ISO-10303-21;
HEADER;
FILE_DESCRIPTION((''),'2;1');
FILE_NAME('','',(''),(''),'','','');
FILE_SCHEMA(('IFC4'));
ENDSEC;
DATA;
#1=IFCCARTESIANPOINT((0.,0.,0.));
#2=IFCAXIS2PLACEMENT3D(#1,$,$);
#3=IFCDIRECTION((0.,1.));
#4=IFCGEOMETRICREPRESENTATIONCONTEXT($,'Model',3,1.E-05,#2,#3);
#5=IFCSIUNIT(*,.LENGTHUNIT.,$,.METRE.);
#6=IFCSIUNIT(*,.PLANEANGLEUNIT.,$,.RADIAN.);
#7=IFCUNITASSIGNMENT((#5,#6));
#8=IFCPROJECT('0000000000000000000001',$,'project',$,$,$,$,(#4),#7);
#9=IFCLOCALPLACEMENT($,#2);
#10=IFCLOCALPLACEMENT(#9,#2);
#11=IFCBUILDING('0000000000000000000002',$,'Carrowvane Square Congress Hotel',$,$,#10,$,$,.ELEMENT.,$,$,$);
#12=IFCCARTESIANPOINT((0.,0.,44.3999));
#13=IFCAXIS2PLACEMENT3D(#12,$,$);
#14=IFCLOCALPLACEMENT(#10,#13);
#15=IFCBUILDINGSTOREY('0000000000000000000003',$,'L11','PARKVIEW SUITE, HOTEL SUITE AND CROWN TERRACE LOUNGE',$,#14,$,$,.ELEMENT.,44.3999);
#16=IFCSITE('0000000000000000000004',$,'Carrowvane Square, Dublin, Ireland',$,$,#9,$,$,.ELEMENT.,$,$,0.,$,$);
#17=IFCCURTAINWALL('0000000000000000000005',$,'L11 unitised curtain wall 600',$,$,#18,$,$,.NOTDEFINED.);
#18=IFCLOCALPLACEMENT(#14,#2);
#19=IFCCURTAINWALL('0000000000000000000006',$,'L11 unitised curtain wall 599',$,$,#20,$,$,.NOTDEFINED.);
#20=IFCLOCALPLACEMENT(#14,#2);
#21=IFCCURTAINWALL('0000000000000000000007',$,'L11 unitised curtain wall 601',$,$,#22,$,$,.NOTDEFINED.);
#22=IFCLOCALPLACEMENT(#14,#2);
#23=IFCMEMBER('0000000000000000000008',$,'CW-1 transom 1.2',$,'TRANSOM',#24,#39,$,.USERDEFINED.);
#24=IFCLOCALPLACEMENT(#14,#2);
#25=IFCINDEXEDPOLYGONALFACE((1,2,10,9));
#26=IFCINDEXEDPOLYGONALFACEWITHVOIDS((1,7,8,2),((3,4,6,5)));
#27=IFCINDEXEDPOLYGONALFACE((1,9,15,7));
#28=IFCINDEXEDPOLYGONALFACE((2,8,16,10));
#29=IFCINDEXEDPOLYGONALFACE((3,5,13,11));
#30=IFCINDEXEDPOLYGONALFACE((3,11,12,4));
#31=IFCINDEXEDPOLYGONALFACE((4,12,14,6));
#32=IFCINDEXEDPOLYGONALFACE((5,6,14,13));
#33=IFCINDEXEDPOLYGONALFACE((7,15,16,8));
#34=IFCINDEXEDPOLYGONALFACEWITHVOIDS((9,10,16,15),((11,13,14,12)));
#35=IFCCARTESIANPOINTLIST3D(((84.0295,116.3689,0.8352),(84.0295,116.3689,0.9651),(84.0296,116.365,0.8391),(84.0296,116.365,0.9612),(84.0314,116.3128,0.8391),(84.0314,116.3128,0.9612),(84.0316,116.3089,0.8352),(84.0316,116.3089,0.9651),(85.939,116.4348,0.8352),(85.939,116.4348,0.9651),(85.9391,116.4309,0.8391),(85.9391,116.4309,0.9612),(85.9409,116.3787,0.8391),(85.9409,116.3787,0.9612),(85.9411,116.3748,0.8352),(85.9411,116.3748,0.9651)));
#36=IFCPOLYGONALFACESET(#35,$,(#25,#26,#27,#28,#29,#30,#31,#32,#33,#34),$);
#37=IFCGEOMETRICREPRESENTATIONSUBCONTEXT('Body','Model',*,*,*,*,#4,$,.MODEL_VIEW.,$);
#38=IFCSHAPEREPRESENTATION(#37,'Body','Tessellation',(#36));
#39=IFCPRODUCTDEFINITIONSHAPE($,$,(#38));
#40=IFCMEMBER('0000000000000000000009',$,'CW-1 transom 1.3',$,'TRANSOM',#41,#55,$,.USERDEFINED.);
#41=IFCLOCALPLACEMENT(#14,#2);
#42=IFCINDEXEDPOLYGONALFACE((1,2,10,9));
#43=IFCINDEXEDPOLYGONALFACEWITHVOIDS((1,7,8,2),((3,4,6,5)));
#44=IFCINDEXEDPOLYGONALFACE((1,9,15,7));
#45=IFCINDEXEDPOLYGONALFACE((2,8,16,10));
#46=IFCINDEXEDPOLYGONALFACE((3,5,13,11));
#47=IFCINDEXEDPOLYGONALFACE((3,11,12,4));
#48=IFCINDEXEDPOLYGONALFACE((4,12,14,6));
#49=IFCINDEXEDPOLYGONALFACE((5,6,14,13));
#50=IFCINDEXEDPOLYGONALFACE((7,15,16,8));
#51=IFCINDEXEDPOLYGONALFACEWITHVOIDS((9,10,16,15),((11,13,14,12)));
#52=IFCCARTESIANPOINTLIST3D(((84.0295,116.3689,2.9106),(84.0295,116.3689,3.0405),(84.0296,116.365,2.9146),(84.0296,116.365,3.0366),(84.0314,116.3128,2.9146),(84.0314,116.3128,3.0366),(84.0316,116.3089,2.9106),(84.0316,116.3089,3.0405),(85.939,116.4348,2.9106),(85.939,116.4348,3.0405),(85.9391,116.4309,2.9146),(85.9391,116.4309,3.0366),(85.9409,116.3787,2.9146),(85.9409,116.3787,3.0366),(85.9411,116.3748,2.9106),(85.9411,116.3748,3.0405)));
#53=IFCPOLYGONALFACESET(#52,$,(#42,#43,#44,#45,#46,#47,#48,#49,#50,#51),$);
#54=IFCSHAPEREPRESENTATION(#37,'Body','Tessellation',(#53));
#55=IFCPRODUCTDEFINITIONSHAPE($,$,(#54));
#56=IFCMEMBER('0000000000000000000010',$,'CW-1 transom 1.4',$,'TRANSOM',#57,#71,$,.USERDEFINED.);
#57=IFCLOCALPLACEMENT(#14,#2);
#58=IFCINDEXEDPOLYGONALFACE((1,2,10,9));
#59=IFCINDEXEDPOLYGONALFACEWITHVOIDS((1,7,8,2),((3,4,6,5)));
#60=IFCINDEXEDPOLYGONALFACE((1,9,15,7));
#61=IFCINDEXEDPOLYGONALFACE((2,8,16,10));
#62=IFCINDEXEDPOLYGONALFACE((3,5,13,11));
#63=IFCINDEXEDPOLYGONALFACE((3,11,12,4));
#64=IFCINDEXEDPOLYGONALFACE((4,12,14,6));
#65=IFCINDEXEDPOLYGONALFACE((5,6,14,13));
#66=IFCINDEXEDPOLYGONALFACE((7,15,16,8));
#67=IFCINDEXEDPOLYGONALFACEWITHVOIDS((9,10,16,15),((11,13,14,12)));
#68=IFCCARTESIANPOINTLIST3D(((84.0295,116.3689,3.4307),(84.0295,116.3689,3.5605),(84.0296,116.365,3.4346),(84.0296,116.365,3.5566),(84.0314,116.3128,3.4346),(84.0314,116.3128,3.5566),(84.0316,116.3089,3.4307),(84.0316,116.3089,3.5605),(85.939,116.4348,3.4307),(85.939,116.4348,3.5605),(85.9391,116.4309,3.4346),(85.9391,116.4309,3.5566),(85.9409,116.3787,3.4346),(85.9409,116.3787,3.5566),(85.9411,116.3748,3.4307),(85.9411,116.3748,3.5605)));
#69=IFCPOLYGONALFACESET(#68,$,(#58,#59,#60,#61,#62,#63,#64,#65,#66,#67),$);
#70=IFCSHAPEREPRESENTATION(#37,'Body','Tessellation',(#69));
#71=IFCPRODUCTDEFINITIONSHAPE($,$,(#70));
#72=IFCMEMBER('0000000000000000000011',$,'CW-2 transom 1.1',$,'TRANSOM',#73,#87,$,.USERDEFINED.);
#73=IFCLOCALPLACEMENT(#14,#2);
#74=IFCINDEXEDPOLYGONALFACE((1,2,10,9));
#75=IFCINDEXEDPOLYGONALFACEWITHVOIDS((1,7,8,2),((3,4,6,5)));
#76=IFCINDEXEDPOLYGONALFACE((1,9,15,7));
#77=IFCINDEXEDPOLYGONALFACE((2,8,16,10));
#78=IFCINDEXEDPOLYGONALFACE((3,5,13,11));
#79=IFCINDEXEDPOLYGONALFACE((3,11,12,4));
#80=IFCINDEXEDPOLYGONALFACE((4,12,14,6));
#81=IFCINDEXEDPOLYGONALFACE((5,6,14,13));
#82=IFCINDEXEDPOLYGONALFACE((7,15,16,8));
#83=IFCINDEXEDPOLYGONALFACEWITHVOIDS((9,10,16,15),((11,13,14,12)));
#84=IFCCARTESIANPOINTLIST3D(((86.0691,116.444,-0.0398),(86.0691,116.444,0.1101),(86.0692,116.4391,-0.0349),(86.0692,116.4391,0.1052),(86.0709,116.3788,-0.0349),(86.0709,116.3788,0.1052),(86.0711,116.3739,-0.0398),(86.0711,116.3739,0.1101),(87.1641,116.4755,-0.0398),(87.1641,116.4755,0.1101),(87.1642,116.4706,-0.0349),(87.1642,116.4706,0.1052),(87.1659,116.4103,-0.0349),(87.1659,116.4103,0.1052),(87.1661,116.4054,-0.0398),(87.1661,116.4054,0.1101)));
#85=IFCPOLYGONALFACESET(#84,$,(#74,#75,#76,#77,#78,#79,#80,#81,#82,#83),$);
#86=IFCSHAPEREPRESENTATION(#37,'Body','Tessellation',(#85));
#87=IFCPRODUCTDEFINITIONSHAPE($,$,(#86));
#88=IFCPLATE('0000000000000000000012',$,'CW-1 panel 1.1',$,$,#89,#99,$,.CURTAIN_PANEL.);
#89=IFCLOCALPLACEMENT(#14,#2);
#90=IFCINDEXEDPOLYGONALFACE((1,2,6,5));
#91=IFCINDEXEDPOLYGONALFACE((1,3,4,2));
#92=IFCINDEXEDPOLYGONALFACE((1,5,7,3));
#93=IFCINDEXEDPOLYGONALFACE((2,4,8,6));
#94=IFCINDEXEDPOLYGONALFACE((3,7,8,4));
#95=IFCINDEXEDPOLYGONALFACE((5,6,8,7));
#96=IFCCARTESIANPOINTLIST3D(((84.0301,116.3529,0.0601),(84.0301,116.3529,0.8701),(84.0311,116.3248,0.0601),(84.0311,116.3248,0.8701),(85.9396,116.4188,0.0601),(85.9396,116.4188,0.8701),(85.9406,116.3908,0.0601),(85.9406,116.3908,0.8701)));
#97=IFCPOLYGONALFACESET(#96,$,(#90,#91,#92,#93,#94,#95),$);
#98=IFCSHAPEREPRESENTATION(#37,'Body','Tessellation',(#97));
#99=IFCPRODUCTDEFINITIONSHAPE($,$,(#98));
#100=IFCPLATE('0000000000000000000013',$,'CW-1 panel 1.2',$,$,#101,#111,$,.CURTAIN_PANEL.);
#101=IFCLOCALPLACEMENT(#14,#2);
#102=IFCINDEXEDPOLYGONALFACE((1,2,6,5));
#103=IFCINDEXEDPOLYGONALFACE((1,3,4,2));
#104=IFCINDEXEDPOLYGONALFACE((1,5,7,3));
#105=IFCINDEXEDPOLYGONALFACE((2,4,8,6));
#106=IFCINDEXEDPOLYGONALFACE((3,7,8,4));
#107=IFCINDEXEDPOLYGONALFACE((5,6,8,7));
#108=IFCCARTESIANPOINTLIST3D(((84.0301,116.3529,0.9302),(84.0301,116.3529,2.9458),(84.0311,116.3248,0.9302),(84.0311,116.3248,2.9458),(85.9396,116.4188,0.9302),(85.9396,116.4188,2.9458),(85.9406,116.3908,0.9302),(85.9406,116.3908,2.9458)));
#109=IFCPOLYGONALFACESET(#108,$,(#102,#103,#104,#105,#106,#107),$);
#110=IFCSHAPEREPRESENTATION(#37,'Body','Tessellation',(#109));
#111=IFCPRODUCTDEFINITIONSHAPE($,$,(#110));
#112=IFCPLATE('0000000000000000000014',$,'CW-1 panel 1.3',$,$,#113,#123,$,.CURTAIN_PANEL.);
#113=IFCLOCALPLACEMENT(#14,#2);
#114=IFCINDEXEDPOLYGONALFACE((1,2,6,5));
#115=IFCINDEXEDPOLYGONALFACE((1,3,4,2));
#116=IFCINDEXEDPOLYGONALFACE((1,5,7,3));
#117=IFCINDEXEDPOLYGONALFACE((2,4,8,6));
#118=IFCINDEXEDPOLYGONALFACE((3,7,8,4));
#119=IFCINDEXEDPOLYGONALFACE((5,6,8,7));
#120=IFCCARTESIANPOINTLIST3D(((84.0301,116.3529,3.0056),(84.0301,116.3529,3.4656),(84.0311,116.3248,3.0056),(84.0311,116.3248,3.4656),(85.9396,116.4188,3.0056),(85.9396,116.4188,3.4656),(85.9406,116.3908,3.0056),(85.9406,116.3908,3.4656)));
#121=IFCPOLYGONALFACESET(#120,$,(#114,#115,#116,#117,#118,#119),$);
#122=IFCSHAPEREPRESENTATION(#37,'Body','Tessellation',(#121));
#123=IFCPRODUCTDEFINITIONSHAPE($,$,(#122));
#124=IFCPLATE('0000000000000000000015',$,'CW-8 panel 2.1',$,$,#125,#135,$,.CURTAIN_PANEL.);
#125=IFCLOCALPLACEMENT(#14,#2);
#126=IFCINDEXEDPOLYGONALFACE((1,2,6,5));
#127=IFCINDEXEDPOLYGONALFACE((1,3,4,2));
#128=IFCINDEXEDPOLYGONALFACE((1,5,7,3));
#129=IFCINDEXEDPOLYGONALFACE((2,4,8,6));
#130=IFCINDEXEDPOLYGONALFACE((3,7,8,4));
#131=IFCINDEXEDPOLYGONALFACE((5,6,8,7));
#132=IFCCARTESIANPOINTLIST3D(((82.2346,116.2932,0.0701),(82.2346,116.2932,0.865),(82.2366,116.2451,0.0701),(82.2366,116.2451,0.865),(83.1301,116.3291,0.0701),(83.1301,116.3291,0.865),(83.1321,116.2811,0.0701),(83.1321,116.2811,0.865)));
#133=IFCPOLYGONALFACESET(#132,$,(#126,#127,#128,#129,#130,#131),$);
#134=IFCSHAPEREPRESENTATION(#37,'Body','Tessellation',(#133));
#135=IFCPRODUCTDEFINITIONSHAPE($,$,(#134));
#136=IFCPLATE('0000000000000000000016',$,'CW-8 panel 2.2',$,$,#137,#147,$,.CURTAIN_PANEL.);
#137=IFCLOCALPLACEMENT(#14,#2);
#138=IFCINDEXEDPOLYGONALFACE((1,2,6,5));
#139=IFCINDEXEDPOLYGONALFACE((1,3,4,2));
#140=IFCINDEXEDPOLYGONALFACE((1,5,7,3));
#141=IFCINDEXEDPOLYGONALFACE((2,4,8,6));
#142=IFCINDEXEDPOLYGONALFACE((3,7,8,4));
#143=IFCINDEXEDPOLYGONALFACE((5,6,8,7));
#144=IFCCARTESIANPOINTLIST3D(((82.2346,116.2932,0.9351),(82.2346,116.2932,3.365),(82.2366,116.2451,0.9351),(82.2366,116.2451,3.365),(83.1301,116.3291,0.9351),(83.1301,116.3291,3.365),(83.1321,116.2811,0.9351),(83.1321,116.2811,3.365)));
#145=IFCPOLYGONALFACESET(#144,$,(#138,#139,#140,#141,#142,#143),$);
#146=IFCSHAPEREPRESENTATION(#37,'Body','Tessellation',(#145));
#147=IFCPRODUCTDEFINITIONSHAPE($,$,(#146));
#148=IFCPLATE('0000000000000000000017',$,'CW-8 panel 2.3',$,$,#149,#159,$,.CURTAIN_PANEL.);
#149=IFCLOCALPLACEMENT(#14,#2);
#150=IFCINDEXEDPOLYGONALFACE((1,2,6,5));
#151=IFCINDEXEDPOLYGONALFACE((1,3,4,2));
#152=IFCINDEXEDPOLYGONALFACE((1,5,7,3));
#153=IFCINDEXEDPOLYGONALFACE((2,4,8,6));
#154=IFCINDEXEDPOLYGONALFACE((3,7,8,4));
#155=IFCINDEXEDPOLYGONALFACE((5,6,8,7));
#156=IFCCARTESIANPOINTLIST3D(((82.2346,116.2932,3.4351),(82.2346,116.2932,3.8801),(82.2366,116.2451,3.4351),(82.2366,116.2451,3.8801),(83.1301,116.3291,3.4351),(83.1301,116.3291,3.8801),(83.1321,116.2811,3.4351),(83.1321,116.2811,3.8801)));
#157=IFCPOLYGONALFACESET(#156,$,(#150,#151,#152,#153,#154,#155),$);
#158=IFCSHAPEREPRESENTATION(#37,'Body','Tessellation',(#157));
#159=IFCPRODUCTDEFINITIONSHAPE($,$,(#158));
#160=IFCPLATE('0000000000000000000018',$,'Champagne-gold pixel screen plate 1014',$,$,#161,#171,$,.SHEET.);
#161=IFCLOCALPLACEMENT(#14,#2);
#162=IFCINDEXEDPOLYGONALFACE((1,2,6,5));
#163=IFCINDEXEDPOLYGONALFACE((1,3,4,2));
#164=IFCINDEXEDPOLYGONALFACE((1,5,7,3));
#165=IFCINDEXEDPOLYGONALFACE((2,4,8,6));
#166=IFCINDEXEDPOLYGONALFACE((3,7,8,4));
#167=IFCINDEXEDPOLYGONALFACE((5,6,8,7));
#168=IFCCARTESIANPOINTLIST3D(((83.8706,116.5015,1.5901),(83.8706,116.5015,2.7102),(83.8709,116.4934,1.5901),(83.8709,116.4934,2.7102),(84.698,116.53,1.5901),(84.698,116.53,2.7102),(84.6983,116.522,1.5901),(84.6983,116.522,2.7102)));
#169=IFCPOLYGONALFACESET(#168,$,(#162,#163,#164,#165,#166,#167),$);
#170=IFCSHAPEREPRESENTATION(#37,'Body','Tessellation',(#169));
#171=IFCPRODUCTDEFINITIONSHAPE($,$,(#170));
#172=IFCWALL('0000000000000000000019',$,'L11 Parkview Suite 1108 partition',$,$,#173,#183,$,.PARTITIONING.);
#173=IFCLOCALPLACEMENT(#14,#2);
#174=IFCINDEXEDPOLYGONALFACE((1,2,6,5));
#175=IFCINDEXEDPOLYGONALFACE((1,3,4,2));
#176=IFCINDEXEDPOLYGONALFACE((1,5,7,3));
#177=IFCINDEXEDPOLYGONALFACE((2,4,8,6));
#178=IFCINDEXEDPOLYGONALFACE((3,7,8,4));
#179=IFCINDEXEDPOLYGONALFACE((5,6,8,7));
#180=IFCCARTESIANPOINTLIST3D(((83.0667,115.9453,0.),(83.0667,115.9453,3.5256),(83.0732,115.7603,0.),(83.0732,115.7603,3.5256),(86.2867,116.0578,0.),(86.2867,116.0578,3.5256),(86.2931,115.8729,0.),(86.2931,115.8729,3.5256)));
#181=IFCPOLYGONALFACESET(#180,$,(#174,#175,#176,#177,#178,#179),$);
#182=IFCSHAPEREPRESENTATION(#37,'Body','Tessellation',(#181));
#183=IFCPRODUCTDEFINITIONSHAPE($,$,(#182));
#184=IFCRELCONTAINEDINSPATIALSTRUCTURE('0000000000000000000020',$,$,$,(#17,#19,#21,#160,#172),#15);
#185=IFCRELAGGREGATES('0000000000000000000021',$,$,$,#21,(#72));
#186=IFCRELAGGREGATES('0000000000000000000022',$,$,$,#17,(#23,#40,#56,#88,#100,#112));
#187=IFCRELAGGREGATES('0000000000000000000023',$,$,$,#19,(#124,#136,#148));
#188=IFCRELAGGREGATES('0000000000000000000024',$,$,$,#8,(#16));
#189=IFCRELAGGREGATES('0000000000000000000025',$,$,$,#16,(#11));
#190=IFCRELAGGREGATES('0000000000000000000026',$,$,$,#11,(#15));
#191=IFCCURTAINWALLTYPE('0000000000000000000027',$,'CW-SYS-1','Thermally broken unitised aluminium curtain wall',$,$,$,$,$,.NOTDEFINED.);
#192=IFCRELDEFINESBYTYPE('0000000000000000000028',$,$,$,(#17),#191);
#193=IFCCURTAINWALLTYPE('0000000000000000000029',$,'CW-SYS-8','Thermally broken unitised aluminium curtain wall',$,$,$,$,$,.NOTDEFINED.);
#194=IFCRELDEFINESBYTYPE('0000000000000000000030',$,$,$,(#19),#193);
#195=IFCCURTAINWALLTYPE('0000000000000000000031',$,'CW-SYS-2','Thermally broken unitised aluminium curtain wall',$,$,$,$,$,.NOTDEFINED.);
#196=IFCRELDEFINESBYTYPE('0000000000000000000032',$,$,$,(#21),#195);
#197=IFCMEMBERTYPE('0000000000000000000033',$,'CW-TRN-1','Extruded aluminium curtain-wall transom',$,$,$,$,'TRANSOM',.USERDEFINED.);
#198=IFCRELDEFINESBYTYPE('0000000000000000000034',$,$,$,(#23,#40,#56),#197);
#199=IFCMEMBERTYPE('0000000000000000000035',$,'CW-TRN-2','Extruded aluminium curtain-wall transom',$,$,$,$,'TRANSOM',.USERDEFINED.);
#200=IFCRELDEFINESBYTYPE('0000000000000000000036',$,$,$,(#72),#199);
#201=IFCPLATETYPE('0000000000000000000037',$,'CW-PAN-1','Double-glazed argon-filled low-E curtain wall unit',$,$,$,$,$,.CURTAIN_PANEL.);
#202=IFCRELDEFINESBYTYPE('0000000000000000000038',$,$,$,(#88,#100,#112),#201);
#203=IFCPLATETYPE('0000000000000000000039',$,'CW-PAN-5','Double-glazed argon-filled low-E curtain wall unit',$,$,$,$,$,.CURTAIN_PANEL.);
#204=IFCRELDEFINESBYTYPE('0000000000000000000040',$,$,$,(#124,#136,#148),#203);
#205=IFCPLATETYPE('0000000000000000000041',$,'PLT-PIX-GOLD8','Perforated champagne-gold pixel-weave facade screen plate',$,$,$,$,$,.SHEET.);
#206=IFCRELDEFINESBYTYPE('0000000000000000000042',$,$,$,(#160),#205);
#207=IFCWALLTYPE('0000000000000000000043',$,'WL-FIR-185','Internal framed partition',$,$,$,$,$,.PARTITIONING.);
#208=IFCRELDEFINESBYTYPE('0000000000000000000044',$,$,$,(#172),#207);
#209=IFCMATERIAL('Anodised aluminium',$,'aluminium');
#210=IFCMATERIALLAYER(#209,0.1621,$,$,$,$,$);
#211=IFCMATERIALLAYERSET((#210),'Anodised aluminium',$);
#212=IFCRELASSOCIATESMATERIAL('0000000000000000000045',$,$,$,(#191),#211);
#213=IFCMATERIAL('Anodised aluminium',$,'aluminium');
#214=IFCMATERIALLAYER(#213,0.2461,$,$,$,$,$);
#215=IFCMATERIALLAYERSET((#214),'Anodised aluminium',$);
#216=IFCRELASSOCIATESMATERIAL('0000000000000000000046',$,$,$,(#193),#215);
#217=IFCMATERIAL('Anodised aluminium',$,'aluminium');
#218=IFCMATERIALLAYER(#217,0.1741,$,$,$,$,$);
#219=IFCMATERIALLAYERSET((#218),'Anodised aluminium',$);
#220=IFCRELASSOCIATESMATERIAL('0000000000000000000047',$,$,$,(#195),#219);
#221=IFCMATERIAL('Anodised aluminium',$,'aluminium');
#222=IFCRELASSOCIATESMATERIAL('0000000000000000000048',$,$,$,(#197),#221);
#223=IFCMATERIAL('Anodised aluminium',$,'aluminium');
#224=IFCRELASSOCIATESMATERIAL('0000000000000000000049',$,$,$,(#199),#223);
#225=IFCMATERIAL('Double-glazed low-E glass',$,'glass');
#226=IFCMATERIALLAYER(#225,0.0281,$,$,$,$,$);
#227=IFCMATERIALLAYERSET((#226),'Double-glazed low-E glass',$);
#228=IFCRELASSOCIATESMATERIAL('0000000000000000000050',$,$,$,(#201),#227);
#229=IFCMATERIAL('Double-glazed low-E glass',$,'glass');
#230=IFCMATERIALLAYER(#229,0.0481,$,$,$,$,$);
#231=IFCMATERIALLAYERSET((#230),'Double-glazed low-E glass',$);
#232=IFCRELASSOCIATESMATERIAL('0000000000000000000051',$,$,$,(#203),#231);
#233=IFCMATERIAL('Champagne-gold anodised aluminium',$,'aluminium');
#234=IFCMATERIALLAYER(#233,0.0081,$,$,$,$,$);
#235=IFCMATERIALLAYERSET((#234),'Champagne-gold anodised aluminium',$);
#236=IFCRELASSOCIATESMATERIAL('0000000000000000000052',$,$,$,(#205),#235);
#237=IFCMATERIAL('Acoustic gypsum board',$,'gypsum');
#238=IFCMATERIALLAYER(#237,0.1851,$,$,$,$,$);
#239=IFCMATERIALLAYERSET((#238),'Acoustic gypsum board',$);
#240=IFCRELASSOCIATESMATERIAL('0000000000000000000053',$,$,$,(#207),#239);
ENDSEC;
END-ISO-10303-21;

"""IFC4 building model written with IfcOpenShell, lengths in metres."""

from ifc_helpers import new_model, si_unit, direction, frame, frame_2d, origin, origin_2d, place, context, subcontext, project, spatial, rectangle, hollow_rectangle, extrude, material, layer, layer_set, material_profile, profile_set, type_object, element, aggregate, save


model = new_model("IFC4")

# Units and contexts
model_context = context("Model", 3, precision=1e-05, world=origin(), true_north=direction((0.0, 1.0)))
body_context = subcontext(model_context, "Body", "Model", "MODEL_VIEW")
ifc_project = project(units=[si_unit("LENGTHUNIT", "METRE"), si_unit("PLANEANGLEUNIT", "RADIAN")], contexts=[model_context])

# Site, building, storey
site_placement = place(None, origin())
site = spatial("IfcSite", under=ifc_project, at=site_placement, Name="Carrowvane Square, Dublin, Ireland", CompositionType="ELEMENT", RefElevation=0.0)
building_placement = place(site_placement, origin())
building = spatial("IfcBuilding", under=site, at=building_placement, Name="Carrowvane Square Congress Hotel", CompositionType="ELEMENT")
storey_placement = place(building_placement, frame((0.0, 0.0, 44.3999)))
storey = spatial("IfcBuildingStorey", under=building, at=storey_placement, Name="L11", Description="PARKVIEW SUITE, HOTEL SUITE AND CROWN TERRACE LOUNGE", CompositionType="ELEMENT", Elevation=44.3999)

# Curtain wall
ifc_material_1 = material(Name="Anodised aluminium", Category="aluminium")
ifc_layer_1 = layer(ifc_material_1, 0.1621)
ifc_layer_set_1 = layer_set([ifc_layer_1], Name="Anodised aluminium")
curtain_wall_type_1 = type_object("IfcCurtainWallType", Name="CW-SYS-1", Description="Thermally broken unitised aluminium curtain wall", PredefinedType="NOTDEFINED", material=ifc_layer_set_1)
curtain_wall_1_placement = place(storey_placement, origin())
curtain_wall_1 = element("IfcCurtainWall", 1, at=curtain_wall_1_placement, inside=storey, type_object=curtain_wall_type_1, Name="L11 unitised curtain wall 600", PredefinedType="NOTDEFINED")

# Curtain walls
ifc_material_2 = material(Name="Anodised aluminium", Category="aluminium")
ifc_layer_2 = layer(ifc_material_2, 0.2461)
ifc_layer_set_2 = layer_set([ifc_layer_2], Name="Anodised aluminium")
curtain_wall_type_2 = type_object("IfcCurtainWallType", Name="CW-SYS-8", Description="Thermally broken unitised aluminium curtain wall", PredefinedType="NOTDEFINED", material=ifc_layer_set_2)
curtain_wall_2_placement = place(storey_placement, origin())
curtain_wall_2 = element("IfcCurtainWall", 2, at=curtain_wall_2_placement, inside=storey, type_object=curtain_wall_type_2, Name="L11 unitised curtain wall 599", PredefinedType="NOTDEFINED")
ifc_material_3 = material(Name="Anodised aluminium", Category="aluminium")
ifc_layer_3 = layer(ifc_material_3, 0.1741)
ifc_layer_set_3 = layer_set([ifc_layer_3], Name="Anodised aluminium")
curtain_wall_type_3 = type_object("IfcCurtainWallType", Name="CW-SYS-2", Description="Thermally broken unitised aluminium curtain wall", PredefinedType="NOTDEFINED", material=ifc_layer_set_3)
curtain_wall_3_placement = place(storey_placement, origin())
curtain_wall_3 = element("IfcCurtainWall", 3, at=curtain_wall_3_placement, inside=storey, type_object=curtain_wall_type_3, Name="L11 unitised curtain wall 601", PredefinedType="NOTDEFINED")

# Members
ifc_material_4 = material(Name="Anodised aluminium", Category="aluminium")
ifc_material_profile_1 = material_profile(ifc_material_4, hollow_rectangle(XDim=0.0601, YDim=0.1299, WallThickness=0.0039, at=origin_2d()), Name="CW-TR 60x130x4")
ifc_profile_set_1 = profile_set([ifc_material_profile_1], Name="Anodised aluminium")
member_type_1 = type_object("IfcMemberType", Name="CW-TRN-1", Description="Extruded aluminium curtain-wall transom", ElementType="TRANSOM", PredefinedType="USERDEFINED", material=ifc_profile_set_1)
member_1_placement = place(storey_placement, frame((84.0305, 116.3389, 0.9001), z_axis=(0.999405, 0.034502, 0.0), x_axis=(-0.034502, 0.999405, 0.0)))
member_1 = element("IfcMember", 4, at=member_1_placement, type_object=member_type_1, Name="CW-1 transom 1.2", ObjectType="TRANSOM", PredefinedType="USERDEFINED", context=body_context, shape_type="SweptSolid", body=[
    extrude(hollow_rectangle(XDim=0.0601, YDim=0.1299, WallThickness=0.0039, at=origin_2d()), origin(), (0.0, 0.0, 1.0), 1.9106),
])
member_2_placement = place(storey_placement, frame((84.0305, 116.3389, 2.9756), z_axis=(0.999405, 0.034502, 0.0), x_axis=(-0.034502, 0.999405, 0.0)))
member_2 = element("IfcMember", 5, at=member_2_placement, type_object=member_type_1, Name="CW-1 transom 1.3", ObjectType="TRANSOM", PredefinedType="USERDEFINED", context=body_context, shape_type="SweptSolid", body=[
    extrude(hollow_rectangle(XDim=0.0601, YDim=0.1299, WallThickness=0.0039, at=origin_2d()), origin(), (0.0, 0.0, 1.0), 1.9106),
])
member_3_placement = place(storey_placement, frame((84.0305, 116.3389, 3.4956), z_axis=(0.999405, 0.034502, 0.0), x_axis=(-0.034502, 0.999405, 0.0)))
member_3 = element("IfcMember", 6, at=member_3_placement, type_object=member_type_1, Name="CW-1 transom 1.4", ObjectType="TRANSOM", PredefinedType="USERDEFINED", context=body_context, shape_type="SweptSolid", body=[
    extrude(hollow_rectangle(XDim=0.0601, YDim=0.1299, WallThickness=0.0039, at=origin_2d()), origin(), (0.0, 0.0, 1.0), 1.9106),
])
ifc_material_5 = material(Name="Anodised aluminium", Category="aluminium")
ifc_material_profile_2 = material_profile(ifc_material_5, hollow_rectangle(XDim=0.0701, YDim=0.1499, WallThickness=0.0049, at=origin_2d()), Name="CW-TR 70x150x5")
ifc_profile_set_2 = profile_set([ifc_material_profile_2], Name="Anodised aluminium")
member_type_2 = type_object("IfcMemberType", Name="CW-TRN-2", Description="Extruded aluminium curtain-wall transom", ElementType="TRANSOM", PredefinedType="USERDEFINED", material=ifc_profile_set_2)
member_4_placement = place(storey_placement, frame((86.0701, 116.4089, 0.0352), z_axis=(0.999587, 0.028751, 0.0), x_axis=(-0.028751, 0.999587, 0.0)))
member_4 = element("IfcMember", 7, at=member_4_placement, type_object=member_type_2, Name="CW-2 transom 1.1", ObjectType="TRANSOM", PredefinedType="USERDEFINED", context=body_context, shape_type="SweptSolid", body=[
    extrude(hollow_rectangle(XDim=0.0701, YDim=0.1499, WallThickness=0.0049, at=origin_2d()), origin(), (0.0, 0.0, 1.0), 1.0955),
])
aggregate(curtain_wall_3, [member_4])

# Plates
ifc_material_6 = material(Name="Double-glazed low-E glass", Category="glass")
ifc_layer_4 = layer(ifc_material_6, 0.0281)
ifc_layer_set_4 = layer_set([ifc_layer_4], Name="Double-glazed low-E glass")
plate_type_1 = type_object("IfcPlateType", Name="CW-PAN-1", Description="Double-glazed argon-filled low-E curtain wall unit", PredefinedType="CURTAIN_PANEL", material=ifc_layer_set_4)
plate_1_placement = place(storey_placement, frame((84.9854, 116.3718, 0.0601), z_axis=(0.0, 0.0, 1.0), x_axis=(0.999404, 0.034527, 0.0)))
plate_1 = element("IfcPlate", 8, at=plate_1_placement, type_object=plate_type_1, Name="CW-1 panel 1.1", PredefinedType="CURTAIN_PANEL", context=body_context, shape_type="SweptSolid", body=[
    extrude(rectangle(XDim=1.9106, YDim=0.0281, at=origin_2d()), origin(), (0.0, 0.0, 1.0), 0.8101),
])
plate_2_placement = place(storey_placement, frame((84.9854, 116.3718, 0.9302), z_axis=(0.0, 0.0, 1.0), x_axis=(0.999404, 0.034527, 0.0)))
plate_2 = element("IfcPlate", 9, at=plate_2_placement, type_object=plate_type_1, Name="CW-1 panel 1.2", PredefinedType="CURTAIN_PANEL", context=body_context, shape_type="SweptSolid", body=[
    extrude(rectangle(XDim=1.9106, YDim=0.0281, at=origin_2d()), origin(), (0.0, 0.0, 1.0), 2.0156),
])
plate_3_placement = place(storey_placement, frame((84.9854, 116.3718, 3.0056), z_axis=(0.0, 0.0, 1.0), x_axis=(0.999404, 0.034527, 0.0)))
plate_3 = element("IfcPlate", 10, at=plate_3_placement, type_object=plate_type_1, Name="CW-1 panel 1.3", PredefinedType="CURTAIN_PANEL", context=body_context, shape_type="SweptSolid", body=[
    extrude(rectangle(XDim=1.9106, YDim=0.0281, at=origin_2d()), origin(), (0.0, 0.0, 1.0), 0.46),
])
aggregate(curtain_wall_1, [member_1, member_2, member_3, plate_1, plate_2, plate_3])
ifc_material_7 = material(Name="Double-glazed low-E glass", Category="glass")
ifc_layer_5 = layer(ifc_material_7, 0.0481)
ifc_layer_set_5 = layer_set([ifc_layer_5], Name="Double-glazed low-E glass")
plate_type_2 = type_object("IfcPlateType", Name="CW-PAN-5", Description="Double-glazed argon-filled low-E curtain wall unit", PredefinedType="CURTAIN_PANEL", material=ifc_layer_set_5)
plate_4_placement = place(storey_placement, frame((82.6833, 116.2871, 0.0701), z_axis=(0.0, 0.0, 1.0), x_axis=(0.999194, 0.040136, 0.0)))
plate_4 = element("IfcPlate", 11, at=plate_4_placement, type_object=plate_type_2, Name="CW-8 panel 2.1", PredefinedType="CURTAIN_PANEL", context=body_context, shape_type="SweptSolid", body=[
    extrude(rectangle(XDim=0.8962, YDim=0.0481, at=origin_2d()), origin(), (0.0, 0.0, 1.0), 0.7949),
])
plate_5_placement = place(storey_placement, frame((82.6833, 116.2871, 0.9351), z_axis=(0.0, 0.0, 1.0), x_axis=(0.999194, 0.040136, 0.0)))
plate_5 = element("IfcPlate", 12, at=plate_5_placement, type_object=plate_type_2, Name="CW-8 panel 2.2", PredefinedType="CURTAIN_PANEL", context=body_context, shape_type="SweptSolid", body=[
    extrude(rectangle(XDim=0.8962, YDim=0.0481, at=origin_2d()), origin(), (0.0, 0.0, 1.0), 2.4299),
])
plate_6_placement = place(storey_placement, frame((82.6833, 116.2871, 3.4351), z_axis=(0.0, 0.0, 1.0), x_axis=(0.999194, 0.040136, 0.0)))
plate_6 = element("IfcPlate", 13, at=plate_6_placement, type_object=plate_type_2, Name="CW-8 panel 2.3", PredefinedType="CURTAIN_PANEL", context=body_context, shape_type="SweptSolid", body=[
    extrude(rectangle(XDim=0.8962, YDim=0.0481, at=origin_2d()), origin(), (0.0, 0.0, 1.0), 0.4451),
])
aggregate(curtain_wall_2, [plate_4, plate_5, plate_6])
ifc_material_8 = material(Name="Champagne-gold anodised aluminium", Category="aluminium")
ifc_layer_6 = layer(ifc_material_8, 0.0081)
ifc_layer_set_6 = layer_set([ifc_layer_6], Name="Champagne-gold anodised aluminium")
plate_type_3 = type_object("IfcPlateType", Name="PLT-PIX-GOLD8", Description="Perforated champagne-gold pixel-weave facade screen plate", PredefinedType="SHEET", material=ifc_layer_set_6)
plate_7_placement = place(storey_placement, frame((84.2844, 116.5117, 1.5901), z_axis=(0.0, 0.0, 1.0), x_axis=(0.999404, 0.034527, 0.0)))
element("IfcPlate", 14, at=plate_7_placement, inside=storey, type_object=plate_type_3, Name="Champagne-gold pixel screen plate 1014", PredefinedType="SHEET", context=body_context, shape_type="SweptSolid", body=[
    extrude(rectangle(XDim=0.8279, YDim=0.0081, at=origin_2d()), origin(), (0.0, 0.0, 1.0), 1.1201),
])

# Wall
ifc_material_9 = material(Name="Acoustic gypsum board", Category="gypsum")
ifc_layer_7 = layer(ifc_material_9, 0.1851)
ifc_layer_set_7 = layer_set([ifc_layer_7], Name="Acoustic gypsum board")
wall_type = type_object("IfcWallType", Name="WL-FIR-185", Description="Internal framed partition", PredefinedType="PARTITIONING", material=ifc_layer_set_7)
wall_placement = place(storey_placement, frame((83.0701, 115.8528, 0.0), z_axis=(0.0, 0.0, 1.0), x_axis=(0.99939, 0.034932, 0.0)))
element("IfcWall", 15, at=wall_placement, inside=storey, type_object=wall_type, Name="L11 Parkview Suite 1108 partition", PredefinedType="PARTITIONING", context=body_context, shape_type="SweptSolid", body=[
    extrude(rectangle(XDim=3.2219, YDim=0.1851, at=frame_2d((1.6108, 0.0))), origin(), (0.0, 0.0, 1.0), 3.5256),
])

save(model, "model.ifc")
